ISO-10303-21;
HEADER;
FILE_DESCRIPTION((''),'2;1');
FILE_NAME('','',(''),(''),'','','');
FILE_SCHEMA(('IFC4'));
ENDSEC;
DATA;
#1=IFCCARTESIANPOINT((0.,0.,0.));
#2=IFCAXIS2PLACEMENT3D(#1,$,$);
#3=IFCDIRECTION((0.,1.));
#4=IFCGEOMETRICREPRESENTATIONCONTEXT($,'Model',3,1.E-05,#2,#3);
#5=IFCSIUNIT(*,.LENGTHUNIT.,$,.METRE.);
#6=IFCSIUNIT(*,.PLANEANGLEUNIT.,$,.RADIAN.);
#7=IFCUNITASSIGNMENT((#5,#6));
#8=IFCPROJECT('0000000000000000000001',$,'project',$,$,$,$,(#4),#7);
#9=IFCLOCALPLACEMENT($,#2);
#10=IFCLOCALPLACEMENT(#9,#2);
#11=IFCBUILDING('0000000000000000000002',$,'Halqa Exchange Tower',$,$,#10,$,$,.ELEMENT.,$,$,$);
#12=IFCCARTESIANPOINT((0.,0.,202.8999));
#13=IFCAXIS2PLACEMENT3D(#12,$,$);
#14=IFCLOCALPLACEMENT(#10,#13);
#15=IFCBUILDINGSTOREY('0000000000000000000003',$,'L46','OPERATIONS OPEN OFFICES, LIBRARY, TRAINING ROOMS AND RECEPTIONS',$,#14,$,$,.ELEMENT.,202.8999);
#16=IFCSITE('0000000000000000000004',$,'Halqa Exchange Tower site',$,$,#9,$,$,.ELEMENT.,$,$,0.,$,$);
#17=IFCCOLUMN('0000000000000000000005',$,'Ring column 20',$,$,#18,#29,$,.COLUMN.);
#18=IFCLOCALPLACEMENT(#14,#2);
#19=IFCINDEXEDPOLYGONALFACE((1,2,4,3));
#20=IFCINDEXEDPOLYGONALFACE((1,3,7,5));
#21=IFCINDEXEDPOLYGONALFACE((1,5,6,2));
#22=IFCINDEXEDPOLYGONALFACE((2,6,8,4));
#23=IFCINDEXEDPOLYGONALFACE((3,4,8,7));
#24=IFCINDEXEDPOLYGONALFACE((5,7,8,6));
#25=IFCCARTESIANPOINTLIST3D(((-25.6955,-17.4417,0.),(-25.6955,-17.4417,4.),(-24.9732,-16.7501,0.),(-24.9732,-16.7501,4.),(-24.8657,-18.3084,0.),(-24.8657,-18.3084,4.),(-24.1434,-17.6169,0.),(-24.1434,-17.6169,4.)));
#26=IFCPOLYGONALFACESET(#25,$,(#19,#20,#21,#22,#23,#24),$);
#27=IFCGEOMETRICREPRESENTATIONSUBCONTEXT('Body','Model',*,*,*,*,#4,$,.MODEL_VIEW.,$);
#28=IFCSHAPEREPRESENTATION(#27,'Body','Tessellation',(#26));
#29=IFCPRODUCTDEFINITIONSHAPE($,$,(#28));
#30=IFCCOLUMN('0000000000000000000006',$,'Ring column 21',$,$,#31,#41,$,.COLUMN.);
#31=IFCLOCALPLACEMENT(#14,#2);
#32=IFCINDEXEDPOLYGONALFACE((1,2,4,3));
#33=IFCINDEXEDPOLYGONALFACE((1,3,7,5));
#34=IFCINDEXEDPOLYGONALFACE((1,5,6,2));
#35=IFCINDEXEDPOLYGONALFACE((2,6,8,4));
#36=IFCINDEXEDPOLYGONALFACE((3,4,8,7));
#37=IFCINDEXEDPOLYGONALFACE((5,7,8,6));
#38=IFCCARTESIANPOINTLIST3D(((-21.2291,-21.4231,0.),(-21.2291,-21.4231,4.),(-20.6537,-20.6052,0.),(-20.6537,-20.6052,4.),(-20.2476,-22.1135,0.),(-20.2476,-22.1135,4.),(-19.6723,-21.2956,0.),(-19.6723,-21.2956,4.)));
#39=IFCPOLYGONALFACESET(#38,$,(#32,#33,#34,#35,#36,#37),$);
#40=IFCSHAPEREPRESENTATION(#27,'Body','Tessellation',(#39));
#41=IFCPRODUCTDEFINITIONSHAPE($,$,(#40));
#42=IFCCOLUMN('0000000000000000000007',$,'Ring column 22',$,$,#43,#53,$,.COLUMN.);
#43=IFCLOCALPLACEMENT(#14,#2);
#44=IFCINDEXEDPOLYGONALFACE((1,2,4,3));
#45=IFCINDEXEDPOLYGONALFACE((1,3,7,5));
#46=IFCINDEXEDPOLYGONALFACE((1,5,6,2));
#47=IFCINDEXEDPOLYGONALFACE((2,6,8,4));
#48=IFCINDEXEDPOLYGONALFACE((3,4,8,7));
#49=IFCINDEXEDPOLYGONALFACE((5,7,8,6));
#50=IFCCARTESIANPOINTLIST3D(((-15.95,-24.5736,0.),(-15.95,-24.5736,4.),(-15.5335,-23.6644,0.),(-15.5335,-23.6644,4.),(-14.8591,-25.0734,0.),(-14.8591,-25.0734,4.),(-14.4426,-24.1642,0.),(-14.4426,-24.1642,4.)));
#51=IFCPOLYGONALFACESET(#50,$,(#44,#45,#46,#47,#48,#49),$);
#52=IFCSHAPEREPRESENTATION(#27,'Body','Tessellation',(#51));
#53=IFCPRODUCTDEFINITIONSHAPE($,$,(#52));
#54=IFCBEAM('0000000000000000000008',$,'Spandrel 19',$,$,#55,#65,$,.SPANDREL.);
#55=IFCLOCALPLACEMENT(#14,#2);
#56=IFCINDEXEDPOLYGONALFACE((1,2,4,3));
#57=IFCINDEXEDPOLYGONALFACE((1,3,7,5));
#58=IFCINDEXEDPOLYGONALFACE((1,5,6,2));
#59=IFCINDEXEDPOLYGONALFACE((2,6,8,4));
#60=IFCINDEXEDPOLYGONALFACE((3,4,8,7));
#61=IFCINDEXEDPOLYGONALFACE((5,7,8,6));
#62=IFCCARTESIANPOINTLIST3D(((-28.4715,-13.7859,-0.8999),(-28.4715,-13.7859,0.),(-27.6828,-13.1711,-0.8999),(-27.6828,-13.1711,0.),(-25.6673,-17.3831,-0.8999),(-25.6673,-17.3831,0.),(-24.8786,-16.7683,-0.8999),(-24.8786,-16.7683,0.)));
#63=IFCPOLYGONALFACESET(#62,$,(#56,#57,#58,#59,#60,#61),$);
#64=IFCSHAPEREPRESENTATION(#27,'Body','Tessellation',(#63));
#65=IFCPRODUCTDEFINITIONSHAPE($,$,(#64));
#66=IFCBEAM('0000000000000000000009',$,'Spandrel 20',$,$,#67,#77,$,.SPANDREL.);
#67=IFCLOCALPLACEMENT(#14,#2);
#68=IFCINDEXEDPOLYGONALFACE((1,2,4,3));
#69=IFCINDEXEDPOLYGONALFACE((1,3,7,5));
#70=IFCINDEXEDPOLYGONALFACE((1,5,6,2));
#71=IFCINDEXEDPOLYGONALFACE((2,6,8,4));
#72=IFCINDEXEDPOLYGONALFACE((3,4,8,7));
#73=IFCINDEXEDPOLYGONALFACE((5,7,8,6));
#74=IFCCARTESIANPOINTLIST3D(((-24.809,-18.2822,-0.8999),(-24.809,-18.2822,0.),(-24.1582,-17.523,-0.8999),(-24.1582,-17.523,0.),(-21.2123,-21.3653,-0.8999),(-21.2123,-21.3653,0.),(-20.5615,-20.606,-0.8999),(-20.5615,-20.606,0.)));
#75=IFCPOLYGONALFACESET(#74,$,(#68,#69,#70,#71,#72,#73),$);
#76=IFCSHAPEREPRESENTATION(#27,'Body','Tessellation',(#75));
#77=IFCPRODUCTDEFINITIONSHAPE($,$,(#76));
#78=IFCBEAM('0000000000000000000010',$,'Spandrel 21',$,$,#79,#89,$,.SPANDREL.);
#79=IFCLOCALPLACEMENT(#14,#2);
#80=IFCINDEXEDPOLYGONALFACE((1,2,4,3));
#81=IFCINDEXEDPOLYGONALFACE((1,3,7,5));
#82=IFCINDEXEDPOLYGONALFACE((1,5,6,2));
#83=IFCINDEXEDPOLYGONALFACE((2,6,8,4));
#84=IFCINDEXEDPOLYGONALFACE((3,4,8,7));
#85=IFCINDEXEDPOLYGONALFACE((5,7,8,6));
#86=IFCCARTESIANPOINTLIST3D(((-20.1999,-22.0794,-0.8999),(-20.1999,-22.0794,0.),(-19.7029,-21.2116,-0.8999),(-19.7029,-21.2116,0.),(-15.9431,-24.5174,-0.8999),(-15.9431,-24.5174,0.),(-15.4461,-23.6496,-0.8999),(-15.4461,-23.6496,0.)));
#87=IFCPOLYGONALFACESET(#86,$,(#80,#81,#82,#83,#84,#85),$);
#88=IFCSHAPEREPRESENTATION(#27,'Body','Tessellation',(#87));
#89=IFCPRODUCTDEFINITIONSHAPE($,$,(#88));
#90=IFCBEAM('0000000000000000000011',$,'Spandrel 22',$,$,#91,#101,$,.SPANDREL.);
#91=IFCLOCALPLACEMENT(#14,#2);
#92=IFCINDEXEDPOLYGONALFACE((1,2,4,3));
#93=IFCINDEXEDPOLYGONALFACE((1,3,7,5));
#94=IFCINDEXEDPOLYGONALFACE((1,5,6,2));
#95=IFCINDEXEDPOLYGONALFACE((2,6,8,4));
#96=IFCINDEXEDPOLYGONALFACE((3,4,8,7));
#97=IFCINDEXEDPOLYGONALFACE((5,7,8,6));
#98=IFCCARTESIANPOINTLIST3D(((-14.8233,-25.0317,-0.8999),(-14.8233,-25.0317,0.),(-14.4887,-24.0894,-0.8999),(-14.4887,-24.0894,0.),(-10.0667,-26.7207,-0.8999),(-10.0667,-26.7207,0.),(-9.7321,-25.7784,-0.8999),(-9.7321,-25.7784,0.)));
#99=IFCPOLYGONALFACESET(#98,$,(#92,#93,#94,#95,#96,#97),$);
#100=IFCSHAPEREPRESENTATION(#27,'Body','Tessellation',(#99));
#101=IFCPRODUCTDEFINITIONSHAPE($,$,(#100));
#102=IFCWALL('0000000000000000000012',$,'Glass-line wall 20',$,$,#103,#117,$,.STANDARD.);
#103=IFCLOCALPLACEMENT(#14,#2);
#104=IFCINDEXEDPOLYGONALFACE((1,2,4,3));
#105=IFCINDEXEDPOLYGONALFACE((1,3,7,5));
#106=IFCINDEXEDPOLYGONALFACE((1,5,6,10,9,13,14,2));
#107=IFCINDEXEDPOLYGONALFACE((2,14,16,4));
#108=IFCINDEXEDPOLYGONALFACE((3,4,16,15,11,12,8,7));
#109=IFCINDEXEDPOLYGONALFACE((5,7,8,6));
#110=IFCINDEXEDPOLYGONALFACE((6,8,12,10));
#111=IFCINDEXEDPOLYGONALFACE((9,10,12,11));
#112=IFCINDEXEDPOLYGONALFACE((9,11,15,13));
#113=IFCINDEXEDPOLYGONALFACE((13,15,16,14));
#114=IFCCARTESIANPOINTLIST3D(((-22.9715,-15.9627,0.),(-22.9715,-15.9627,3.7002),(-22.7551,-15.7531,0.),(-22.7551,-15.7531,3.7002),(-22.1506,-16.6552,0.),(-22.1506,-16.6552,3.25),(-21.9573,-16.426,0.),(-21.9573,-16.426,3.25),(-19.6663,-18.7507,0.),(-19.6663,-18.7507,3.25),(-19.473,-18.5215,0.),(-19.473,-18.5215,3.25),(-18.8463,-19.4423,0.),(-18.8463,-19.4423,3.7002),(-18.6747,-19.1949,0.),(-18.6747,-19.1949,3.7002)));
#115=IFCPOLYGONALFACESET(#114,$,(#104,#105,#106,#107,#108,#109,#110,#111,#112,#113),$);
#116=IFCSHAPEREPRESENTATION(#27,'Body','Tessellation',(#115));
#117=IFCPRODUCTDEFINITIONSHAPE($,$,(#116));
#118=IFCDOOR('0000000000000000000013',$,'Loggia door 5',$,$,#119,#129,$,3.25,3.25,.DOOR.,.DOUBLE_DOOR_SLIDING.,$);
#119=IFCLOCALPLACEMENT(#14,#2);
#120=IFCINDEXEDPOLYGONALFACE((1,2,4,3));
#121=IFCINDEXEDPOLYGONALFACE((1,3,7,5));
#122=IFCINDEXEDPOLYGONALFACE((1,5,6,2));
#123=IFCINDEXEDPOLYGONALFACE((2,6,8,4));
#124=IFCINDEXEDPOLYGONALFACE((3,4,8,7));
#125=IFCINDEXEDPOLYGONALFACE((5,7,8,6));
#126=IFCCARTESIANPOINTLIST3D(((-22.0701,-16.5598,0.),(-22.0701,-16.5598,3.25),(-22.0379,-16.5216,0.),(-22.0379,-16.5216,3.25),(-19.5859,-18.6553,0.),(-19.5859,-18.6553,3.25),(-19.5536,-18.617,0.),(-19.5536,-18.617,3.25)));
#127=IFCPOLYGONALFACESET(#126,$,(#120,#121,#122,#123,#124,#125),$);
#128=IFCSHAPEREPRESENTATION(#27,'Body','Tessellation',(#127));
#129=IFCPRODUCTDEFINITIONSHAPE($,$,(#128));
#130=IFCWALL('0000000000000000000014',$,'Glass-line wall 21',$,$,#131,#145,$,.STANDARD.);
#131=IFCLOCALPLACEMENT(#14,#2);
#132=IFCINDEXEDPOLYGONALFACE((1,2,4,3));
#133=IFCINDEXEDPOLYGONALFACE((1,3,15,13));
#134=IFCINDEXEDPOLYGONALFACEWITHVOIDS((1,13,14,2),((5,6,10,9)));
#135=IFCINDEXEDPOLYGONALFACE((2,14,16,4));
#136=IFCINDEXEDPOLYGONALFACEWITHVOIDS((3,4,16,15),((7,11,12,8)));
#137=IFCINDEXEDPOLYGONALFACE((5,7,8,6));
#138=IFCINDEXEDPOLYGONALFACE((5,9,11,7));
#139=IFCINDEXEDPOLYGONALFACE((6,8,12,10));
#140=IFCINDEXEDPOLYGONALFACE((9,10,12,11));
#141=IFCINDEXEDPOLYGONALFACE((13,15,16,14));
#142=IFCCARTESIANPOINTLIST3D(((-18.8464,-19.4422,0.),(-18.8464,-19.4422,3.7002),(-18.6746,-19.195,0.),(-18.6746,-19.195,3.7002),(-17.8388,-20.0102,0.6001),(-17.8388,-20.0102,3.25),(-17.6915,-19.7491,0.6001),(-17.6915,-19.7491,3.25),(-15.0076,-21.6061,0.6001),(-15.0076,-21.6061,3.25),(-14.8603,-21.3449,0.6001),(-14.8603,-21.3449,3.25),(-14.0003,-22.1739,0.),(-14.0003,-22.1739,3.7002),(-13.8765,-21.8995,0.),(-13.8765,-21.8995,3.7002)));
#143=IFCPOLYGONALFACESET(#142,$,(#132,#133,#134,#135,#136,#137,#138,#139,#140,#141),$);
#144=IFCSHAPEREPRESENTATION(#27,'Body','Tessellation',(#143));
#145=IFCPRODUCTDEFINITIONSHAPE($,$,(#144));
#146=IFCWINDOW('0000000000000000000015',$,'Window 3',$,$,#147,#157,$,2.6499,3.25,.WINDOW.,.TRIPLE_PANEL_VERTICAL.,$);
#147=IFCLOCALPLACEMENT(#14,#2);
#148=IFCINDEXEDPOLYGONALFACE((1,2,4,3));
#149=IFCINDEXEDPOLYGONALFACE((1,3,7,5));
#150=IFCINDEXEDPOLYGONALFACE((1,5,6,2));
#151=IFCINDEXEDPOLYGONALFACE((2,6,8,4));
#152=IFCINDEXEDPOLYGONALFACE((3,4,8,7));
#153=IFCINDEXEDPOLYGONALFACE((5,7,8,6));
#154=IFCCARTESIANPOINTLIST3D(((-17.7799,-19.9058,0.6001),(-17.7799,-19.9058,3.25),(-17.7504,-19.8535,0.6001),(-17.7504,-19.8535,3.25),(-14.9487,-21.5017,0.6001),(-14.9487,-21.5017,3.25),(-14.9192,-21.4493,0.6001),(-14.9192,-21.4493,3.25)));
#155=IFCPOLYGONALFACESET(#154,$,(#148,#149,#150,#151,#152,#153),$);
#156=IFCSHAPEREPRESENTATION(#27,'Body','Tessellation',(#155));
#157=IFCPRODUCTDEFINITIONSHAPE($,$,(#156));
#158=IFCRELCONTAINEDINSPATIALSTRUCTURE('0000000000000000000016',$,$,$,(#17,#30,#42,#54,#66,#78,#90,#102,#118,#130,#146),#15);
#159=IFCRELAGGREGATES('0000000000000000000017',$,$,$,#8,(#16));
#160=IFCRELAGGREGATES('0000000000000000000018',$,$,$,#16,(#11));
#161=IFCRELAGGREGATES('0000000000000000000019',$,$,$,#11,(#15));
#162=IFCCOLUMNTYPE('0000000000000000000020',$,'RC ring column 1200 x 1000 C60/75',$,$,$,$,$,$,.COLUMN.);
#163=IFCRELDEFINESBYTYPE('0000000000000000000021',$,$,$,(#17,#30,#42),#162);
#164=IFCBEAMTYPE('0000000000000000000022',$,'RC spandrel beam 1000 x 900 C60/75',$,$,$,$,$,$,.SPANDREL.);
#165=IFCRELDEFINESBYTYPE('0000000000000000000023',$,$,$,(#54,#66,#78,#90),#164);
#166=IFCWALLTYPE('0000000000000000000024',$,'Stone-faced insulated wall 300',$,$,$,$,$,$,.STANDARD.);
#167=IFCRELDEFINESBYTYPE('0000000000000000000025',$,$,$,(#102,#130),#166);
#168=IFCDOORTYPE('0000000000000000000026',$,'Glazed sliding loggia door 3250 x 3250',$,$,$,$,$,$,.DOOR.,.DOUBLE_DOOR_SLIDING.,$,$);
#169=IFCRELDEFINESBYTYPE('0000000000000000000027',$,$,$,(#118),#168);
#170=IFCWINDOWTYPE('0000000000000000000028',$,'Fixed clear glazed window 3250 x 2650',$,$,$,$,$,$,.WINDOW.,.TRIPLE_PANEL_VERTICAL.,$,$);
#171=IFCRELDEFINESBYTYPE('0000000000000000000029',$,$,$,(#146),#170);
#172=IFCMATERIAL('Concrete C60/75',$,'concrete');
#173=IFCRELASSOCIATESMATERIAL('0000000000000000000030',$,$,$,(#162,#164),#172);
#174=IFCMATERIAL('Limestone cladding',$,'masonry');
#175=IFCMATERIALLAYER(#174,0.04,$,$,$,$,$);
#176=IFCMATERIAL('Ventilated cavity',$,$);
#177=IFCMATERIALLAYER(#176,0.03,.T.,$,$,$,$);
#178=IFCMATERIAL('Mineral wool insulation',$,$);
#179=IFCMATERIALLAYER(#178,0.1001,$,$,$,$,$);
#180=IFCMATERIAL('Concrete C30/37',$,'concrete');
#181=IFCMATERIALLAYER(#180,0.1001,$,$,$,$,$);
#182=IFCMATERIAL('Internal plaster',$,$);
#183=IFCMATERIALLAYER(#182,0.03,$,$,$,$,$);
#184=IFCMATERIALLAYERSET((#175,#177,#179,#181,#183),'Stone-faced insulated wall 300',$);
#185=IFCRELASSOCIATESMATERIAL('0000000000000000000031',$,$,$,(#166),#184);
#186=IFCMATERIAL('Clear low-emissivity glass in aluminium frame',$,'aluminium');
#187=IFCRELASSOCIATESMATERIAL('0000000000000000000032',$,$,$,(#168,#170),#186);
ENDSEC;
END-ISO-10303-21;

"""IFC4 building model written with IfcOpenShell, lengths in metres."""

from ifc_helpers import new_model, si_unit, direction, frame, frame_2d, origin, origin_2d, place, context, subcontext, project, spatial, polyline, rectangle, outline, extrude, material, layer, layer_set, material_profile, profile_set, type_object, element, fill, save


model = new_model("IFC4")

# Units and contexts
model_context = context("Model", 3, precision=1e-05, world=origin(), true_north=direction((0.0, 1.0)))
body_context = subcontext(model_context, "Body", "Model", "MODEL_VIEW")
ifc_project = project(units=[si_unit("LENGTHUNIT", "METRE"), si_unit("PLANEANGLEUNIT", "RADIAN")], contexts=[model_context])

# Site, building, storey
site_placement = place(None, origin())
site = spatial("IfcSite", under=ifc_project, at=site_placement, Name="Halqa Exchange Tower site", CompositionType="ELEMENT", RefElevation=0.0)
building_placement = place(site_placement, origin())
building = spatial("IfcBuilding", under=site, at=building_placement, Name="Halqa Exchange Tower", CompositionType="ELEMENT")
storey_placement = place(building_placement, frame((0.0, 0.0, 202.8999)))
storey = spatial("IfcBuildingStorey", under=building, at=storey_placement, Name="L46", Description="OPERATIONS OPEN OFFICES, LIBRARY, TRAINING ROOMS AND RECEPTIONS", CompositionType="ELEMENT", Elevation=202.8999)

# Columns
ifc_material_1 = material(Name="Concrete C60/75", Category="concrete")
ifc_material_profile_1 = material_profile(ifc_material_1, rectangle(XDim=1.2, YDim=1.0, at=origin_2d()), Name="1200 x 1000")
ifc_profile_set_1 = profile_set([ifc_material_profile_1], Name="Concrete C60/75")
column_type = type_object("IfcColumnType", Name="RC ring column 1200 x 1000 C60/75", PredefinedType="COLUMN", material=ifc_profile_set_1)
for number, where, z_axis, x_axis, name in (
    (1, (-24.9194, -17.5293, 0.0), (0.0, 0.0, 1.0), (0.691577, -0.722302, 0.0), "Ring column 20"),
    (2, (-20.4507, -21.3594, 0.0), (0.0, 0.0, 1.0), (0.817909, -0.575348, 0.0), "Ring column 21"),
    (3, (-15.1963, -24.3689, 0.0), (0.0, 0.0, 1.0), (0.909126, -0.41652, 0.0), "Ring column 22"),
):
    element("IfcColumn", number, at=place(storey_placement, frame(where, z_axis=z_axis, x_axis=x_axis)), inside=storey, type_object=column_type, Name=name, PredefinedType="COLUMN", context=body_context, shape_type="SweptSolid", body=[
        extrude(rectangle(XDim=1.2, YDim=1.0, at=origin_2d()), origin(), (0.0, 0.0, 1.0), 4.0),
    ])

# Beams
ifc_material_profile_2 = material_profile(ifc_material_1, rectangle(XDim=1.0, YDim=0.8999, at=origin_2d()), Name="1000 x 900")
ifc_profile_set_2 = profile_set([ifc_material_profile_2], Name="Concrete C60/75")
beam_type = type_object("IfcBeamType", Name="RC spandrel beam 1000 x 900 C60/75", PredefinedType="SPANDREL", material=ifc_profile_set_2)
beam_1_placement = place(storey_placement, frame((-28.0771, -13.4785, -0.45), z_axis=(0.614815, -0.788672, 0.0), x_axis=(0.788672, 0.614815, 0.0)))
element("IfcBeam", 4, at=beam_1_placement, inside=storey, type_object=beam_type, Name="Spandrel 19", PredefinedType="SPANDREL", context=body_context, shape_type="SweptSolid", body=[
    extrude(rectangle(XDim=1.0, YDim=0.8999, at=origin_2d()), origin(), (0.0, 0.0, 1.0), 4.561),
])
beam_2_placement = place(storey_placement, frame((-24.4836, -17.9026, -0.45), z_axis=(0.759242, -0.650808, 0.0), x_axis=(0.650808, 0.759242, 0.0)))
element("IfcBeam", 5, at=beam_2_placement, inside=storey, type_object=beam_type, Name="Spandrel 20", PredefinedType="SPANDREL", context=body_context, shape_type="SweptSolid", body=[
    extrude(rectangle(XDim=1.0, YDim=0.8999, at=origin_2d()), origin(), (0.0, 0.0, 1.0), 4.7373),
])
beam_3_placement = place(storey_placement, frame((-19.9514, -21.6455, -0.45), z_axis=(0.867759, -0.496986, 0.0), x_axis=(0.496986, 0.867759, 0.0)))
element("IfcBeam", 6, at=beam_3_placement, inside=storey, type_object=beam_type, Name="Spandrel 21", PredefinedType="SPANDREL", context=body_context, shape_type="SweptSolid", body=[
    extrude(rectangle(XDim=1.0, YDim=0.8999, at=origin_2d()), origin(), (0.0, 0.0, 1.0), 4.9055),
])
beam_4_placement = place(storey_placement, frame((-14.656, -24.5605, -0.45), z_axis=(0.942356, -0.334611, 0.0), x_axis=(0.334611, 0.942356, 0.0)))
element("IfcBeam", 7, at=beam_4_placement, inside=storey, type_object=beam_type, Name="Spandrel 22", PredefinedType="SPANDREL", context=body_context, shape_type="SweptSolid", body=[
    extrude(rectangle(XDim=1.0, YDim=0.8999, at=origin_2d()), origin(), (0.0, 0.0, 1.0), 5.0476),
])

# Wall, opening, door
ifc_material_2 = material(Name="Limestone cladding", Category="masonry")
ifc_layer_1 = layer(ifc_material_2, 0.04)
ifc_material_3 = material(Name="Ventilated cavity")
ifc_layer_2 = layer(ifc_material_3, 0.03, ventilated=True)
ifc_material_4 = material(Name="Mineral wool insulation")
ifc_layer_3 = layer(ifc_material_4, 0.1001)
ifc_material_5 = material(Name="Concrete C30/37", Category="concrete")
ifc_layer_4 = layer(ifc_material_5, 0.1001)
ifc_material_6 = material(Name="Internal plaster")
ifc_layer_5 = layer(ifc_material_6, 0.03)
ifc_layer_set_1 = layer_set([ifc_layer_1, ifc_layer_2, ifc_layer_3, ifc_layer_4, ifc_layer_5], Name="Stone-faced insulated wall 300")
wall_type_1 = type_object("IfcWallType", Name="Stone-faced insulated wall 300", PredefinedType="STANDARD", material=ifc_layer_set_1)
wall_1_placement = place(storey_placement, frame((-22.8633, -15.8579, 0.0), z_axis=(0.0, 0.0, 1.0), x_axis=(0.764386, -0.644759, 0.0)))
wall_1 = element("IfcWall", 8, at=wall_1_placement, inside=storey, type_object=wall_type_1, Name="Glass-line wall 20", PredefinedType="STANDARD", context=body_context, shape_type="SweptSolid", body=[
    extrude(outline(polyline([(-0.0151, -0.1499), (5.3816, -0.1499), (5.3533, 0.1499), (0.0151, 0.1499), (-0.0151, -0.1499)])), origin(), (0.0, 0.0, 1.0), 3.7002),
])
opening_1_placement = place(wall_1_placement, frame((1.0588, 0.0, 0.0)))
opening_1 = element("IfcOpeningElement", 9, at=opening_1_placement, cuts=wall_1, PredefinedType="OPENING", context=body_context, shape_type="SweptSolid", body=[
    extrude(rectangle(XDim=3.25, YDim=3.25, at=frame_2d((1.625, 1.625))), frame((0.0, 0.1621, 0.0), z_axis=(0.0, -1.0, 0.0), x_axis=(1.0, 0.0, 0.0)), (0.0, 0.0, 1.0), 0.324),
])
ifc_material_7 = material(Name="Clear low-emissivity glass in aluminium frame", Category="aluminium")
door_type_1 = type_object("IfcDoorType", Name="Glazed sliding loggia door 3250 x 3250", OperationType="DOUBLE_DOOR_SLIDING", PredefinedType="DOOR", material=ifc_material_7)
door_1_placement = place(opening_1_placement, origin())
door_1 = element("IfcDoor", 10, at=door_1_placement, inside=storey, type_object=door_type_1, Name="Loggia door 5", OperationType="DOUBLE_DOOR_SLIDING", OverallHeight=3.25, OverallWidth=3.25, PredefinedType="DOOR", context=body_context, shape_type="SweptSolid", body=[
    extrude(rectangle(XDim=3.25, YDim=3.25, at=frame_2d((1.625, 1.625))), frame((0.0, 0.0249, 0.0), z_axis=(0.0, -1.0, 0.0), x_axis=(1.0, 0.0, 0.0)), (0.0, 0.0, 1.0), 0.05),
])
fill(opening_1, door_1)

# Wall, opening, window
wall_2_placement = place(storey_placement, frame((-18.7605, -19.3186, 0.0), z_axis=(0.0, 0.0, 1.0), x_axis=(0.871141, -0.491034, 0.0)))
wall_2 = element("IfcWall", 11, at=wall_2_placement, inside=storey, type_object=wall_type_1, Name="Glass-line wall 21", PredefinedType="STANDARD", context=body_context, shape_type="SweptSolid", body=[
    extrude(outline(polyline([(-0.0142, -0.1499), (5.5488, -0.1499), (5.522, 0.1499), (0.0142, 0.1499), (-0.0142, -0.1499)])), origin(), (0.0, 0.0, 1.0), 3.7002),
])
opening_2_placement = place(wall_2_placement, frame((1.1426, 0.0, 0.6001)))
opening_2 = element("IfcOpeningElement", 12, at=opening_2_placement, cuts=wall_2, PredefinedType="OPENING", context=body_context, shape_type="SweptSolid", body=[
    extrude(rectangle(XDim=3.25, YDim=2.6499, at=frame_2d((1.625, 1.325))), frame((0.0, 0.1621, 0.0), z_axis=(0.0, -1.0, 0.0), x_axis=(1.0, 0.0, 0.0)), (0.0, 0.0, 1.0), 0.324),
])
window_type = type_object("IfcWindowType", Name="Fixed clear glazed window 3250 x 2650", PartitioningType="TRIPLE_PANEL_VERTICAL", PredefinedType="WINDOW", material=ifc_material_7)
window_1_placement = place(opening_2_placement, origin())
window_1 = element("IfcWindow", 13, at=window_1_placement, inside=storey, type_object=window_type, Name="Window 3", OverallHeight=2.6499, OverallWidth=3.25, PartitioningType="TRIPLE_PANEL_VERTICAL", PredefinedType="WINDOW", context=body_context, shape_type="SweptSolid", body=[
    extrude(rectangle(XDim=3.25, YDim=2.6499, at=frame_2d((1.625, 1.325))), frame((0.0, 0.03, 0.0), z_axis=(0.0, -1.0, 0.0), x_axis=(1.0, 0.0, 0.0)), (0.0, 0.0, 1.0), 0.0601),
])
fill(opening_2, window_1)

save(model, "model.ifc")
